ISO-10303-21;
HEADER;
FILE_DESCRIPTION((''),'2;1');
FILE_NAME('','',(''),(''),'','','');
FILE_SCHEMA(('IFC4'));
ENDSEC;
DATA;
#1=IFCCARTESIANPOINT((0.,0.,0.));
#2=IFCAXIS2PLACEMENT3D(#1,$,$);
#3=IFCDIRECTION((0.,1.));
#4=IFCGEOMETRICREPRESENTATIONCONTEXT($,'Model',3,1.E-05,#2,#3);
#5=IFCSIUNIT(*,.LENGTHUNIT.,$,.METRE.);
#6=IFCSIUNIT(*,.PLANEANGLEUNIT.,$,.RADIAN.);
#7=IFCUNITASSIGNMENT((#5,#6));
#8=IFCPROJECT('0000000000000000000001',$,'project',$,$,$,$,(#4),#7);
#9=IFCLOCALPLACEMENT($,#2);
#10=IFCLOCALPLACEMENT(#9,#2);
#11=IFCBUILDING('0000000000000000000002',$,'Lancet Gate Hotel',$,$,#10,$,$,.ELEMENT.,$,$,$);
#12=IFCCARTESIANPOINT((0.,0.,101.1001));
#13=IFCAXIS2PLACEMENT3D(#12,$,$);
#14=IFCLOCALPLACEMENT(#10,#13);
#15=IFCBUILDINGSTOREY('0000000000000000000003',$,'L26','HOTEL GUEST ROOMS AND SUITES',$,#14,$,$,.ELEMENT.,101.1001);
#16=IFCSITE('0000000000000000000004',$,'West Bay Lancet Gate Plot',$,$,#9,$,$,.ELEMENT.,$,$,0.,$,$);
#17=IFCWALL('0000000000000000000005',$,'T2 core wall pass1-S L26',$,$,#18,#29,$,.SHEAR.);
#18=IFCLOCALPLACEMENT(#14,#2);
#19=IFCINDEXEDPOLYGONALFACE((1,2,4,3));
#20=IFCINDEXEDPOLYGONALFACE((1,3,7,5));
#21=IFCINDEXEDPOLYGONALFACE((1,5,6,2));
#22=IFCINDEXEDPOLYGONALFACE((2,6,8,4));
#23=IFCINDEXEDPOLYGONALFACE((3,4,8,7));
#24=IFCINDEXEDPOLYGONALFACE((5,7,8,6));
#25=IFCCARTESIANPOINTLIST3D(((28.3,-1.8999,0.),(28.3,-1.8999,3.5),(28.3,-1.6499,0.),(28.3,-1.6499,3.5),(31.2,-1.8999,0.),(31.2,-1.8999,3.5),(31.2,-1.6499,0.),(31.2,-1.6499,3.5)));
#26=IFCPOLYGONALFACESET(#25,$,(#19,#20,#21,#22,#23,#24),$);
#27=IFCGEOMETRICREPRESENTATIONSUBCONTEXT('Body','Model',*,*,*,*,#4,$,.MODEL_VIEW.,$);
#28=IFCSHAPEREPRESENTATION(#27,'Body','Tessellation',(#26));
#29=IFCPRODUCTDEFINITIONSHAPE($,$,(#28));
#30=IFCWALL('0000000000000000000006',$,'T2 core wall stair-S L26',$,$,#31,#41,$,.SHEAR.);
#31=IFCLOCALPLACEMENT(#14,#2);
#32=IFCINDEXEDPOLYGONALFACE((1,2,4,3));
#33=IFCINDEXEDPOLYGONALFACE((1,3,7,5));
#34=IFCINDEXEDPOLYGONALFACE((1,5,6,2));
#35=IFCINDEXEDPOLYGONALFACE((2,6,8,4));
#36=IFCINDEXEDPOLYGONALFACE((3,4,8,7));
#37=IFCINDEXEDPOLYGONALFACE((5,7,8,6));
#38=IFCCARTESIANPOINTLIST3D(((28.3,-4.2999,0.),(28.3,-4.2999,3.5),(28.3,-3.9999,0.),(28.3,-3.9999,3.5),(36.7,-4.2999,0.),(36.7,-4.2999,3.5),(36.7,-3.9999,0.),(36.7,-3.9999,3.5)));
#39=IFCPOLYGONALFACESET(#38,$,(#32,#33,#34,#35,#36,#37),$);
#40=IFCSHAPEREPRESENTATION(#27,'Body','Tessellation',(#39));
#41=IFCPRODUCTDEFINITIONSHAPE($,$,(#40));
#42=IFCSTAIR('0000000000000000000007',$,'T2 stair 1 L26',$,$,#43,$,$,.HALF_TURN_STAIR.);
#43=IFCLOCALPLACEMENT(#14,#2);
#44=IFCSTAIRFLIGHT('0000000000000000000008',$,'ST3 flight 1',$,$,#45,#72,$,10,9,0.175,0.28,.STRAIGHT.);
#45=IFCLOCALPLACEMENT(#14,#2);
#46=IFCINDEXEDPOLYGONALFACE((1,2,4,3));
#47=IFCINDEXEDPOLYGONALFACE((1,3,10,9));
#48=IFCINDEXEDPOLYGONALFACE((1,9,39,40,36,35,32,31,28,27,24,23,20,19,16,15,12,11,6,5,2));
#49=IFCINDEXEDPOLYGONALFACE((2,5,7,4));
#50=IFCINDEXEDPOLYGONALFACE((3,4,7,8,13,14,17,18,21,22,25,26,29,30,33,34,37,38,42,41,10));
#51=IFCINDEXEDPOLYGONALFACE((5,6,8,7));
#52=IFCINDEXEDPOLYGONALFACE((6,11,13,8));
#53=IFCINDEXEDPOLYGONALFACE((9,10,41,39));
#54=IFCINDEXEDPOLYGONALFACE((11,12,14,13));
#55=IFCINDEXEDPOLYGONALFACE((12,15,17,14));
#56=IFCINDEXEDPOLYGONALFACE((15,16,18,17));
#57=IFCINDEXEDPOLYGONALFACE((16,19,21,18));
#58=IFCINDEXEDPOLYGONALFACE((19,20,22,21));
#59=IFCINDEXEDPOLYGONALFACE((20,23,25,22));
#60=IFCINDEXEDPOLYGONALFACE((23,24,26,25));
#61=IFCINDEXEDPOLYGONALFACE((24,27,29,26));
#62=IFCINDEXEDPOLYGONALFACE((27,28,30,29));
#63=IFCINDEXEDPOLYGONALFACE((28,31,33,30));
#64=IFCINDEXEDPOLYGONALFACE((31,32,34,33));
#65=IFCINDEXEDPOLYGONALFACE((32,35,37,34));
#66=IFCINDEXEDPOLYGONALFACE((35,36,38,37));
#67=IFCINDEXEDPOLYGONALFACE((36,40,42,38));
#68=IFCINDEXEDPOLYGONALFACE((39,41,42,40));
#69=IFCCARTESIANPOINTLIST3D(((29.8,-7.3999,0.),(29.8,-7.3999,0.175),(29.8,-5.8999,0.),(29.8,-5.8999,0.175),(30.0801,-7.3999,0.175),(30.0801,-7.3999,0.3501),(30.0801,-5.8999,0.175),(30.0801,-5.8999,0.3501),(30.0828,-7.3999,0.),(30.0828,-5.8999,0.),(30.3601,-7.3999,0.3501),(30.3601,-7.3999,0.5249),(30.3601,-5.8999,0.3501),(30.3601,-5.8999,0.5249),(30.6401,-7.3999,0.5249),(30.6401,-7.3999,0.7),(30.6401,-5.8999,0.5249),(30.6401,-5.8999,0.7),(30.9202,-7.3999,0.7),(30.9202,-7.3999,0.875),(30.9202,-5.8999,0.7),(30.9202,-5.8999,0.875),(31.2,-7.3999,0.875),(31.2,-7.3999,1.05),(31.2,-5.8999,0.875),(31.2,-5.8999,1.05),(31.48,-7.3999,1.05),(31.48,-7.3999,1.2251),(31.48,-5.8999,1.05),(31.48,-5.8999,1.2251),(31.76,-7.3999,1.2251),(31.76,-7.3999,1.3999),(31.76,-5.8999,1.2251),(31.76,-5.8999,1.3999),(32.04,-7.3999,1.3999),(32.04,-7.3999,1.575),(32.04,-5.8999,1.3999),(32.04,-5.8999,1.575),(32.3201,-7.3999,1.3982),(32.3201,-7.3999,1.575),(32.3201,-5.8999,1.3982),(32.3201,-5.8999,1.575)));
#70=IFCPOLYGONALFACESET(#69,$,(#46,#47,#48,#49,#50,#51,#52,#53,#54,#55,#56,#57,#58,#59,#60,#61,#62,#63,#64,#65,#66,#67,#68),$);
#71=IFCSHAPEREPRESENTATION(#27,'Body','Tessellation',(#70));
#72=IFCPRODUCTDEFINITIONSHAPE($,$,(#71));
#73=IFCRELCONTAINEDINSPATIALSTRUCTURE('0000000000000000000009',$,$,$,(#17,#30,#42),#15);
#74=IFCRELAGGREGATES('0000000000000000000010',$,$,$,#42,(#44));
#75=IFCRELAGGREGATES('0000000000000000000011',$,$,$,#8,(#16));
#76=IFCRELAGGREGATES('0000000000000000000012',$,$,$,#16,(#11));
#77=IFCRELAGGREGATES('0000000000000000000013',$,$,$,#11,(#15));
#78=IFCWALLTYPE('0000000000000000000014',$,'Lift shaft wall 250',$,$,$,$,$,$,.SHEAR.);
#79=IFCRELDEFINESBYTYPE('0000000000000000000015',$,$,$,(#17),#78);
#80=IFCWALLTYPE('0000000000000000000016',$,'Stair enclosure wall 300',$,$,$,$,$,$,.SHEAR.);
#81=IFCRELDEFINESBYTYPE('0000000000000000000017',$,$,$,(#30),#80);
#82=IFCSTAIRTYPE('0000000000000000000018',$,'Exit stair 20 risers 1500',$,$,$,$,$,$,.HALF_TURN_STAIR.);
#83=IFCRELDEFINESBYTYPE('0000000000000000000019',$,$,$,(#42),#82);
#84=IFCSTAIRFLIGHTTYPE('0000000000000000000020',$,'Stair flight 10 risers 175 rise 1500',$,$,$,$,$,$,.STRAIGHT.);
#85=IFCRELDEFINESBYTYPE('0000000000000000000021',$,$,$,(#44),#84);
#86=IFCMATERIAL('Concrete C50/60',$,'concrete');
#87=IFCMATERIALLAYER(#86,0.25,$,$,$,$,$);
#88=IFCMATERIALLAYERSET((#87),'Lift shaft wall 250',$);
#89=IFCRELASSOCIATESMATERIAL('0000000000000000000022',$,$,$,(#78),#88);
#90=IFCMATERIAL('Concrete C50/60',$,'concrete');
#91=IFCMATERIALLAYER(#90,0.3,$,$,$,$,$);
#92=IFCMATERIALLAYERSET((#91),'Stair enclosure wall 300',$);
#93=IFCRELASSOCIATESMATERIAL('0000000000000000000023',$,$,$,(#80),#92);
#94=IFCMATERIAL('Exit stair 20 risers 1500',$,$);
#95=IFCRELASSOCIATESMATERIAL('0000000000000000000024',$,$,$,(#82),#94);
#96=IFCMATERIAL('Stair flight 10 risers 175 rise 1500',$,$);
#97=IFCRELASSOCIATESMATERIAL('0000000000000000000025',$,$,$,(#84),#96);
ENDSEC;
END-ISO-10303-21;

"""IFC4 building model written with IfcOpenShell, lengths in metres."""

from ifc_helpers import new_model, si_unit, direction, frame, frame_2d, origin, place, context, subcontext, project, spatial, polyline, rectangle, outline, extrude, material, layer, layer_set, type_object, element, aggregate, save


model = new_model("IFC4")

# Units and contexts
model_context = context("Model", 3, precision=1e-05, world=origin(), true_north=direction((0.0, 1.0)))
body_context = subcontext(model_context, "Body", "Model", "MODEL_VIEW")
ifc_project = project(units=[si_unit("LENGTHUNIT", "METRE"), si_unit("PLANEANGLEUNIT", "RADIAN")], contexts=[model_context])

# Site, building, storey
site_placement = place(None, origin())
site = spatial("IfcSite", under=ifc_project, at=site_placement, Name="West Bay Lancet Gate Plot", CompositionType="ELEMENT", RefElevation=0.0)
building_placement = place(site_placement, origin())
building = spatial("IfcBuilding", under=site, at=building_placement, Name="Lancet Gate Hotel", CompositionType="ELEMENT")
storey_placement = place(building_placement, frame((0.0, 0.0, 101.1001)))
storey = spatial("IfcBuildingStorey", under=building, at=storey_placement, Name="L26", Description="HOTEL GUEST ROOMS AND SUITES", CompositionType="ELEMENT", Elevation=101.1001)

# Walls
ifc_material_1 = material(Name="Concrete C50/60", Category="concrete")
ifc_layer_1 = layer(ifc_material_1, 0.25)
ifc_layer_set_1 = layer_set([ifc_layer_1], Name="Lift shaft wall 250")
wall_type_1 = type_object("IfcWallType", Name="Lift shaft wall 250", PredefinedType="SHEAR", material=ifc_layer_set_1)
wall_1_placement = place(storey_placement, frame((28.3, -1.7749, 0.0), z_axis=(0.0, 0.0, 1.0), x_axis=(1.0, 0.0, 0.0)))
element("IfcWall", 1, at=wall_1_placement, inside=storey, type_object=wall_type_1, Name="T2 core wall pass1-S L26", PredefinedType="SHEAR", context=body_context, shape_type="SweptSolid", body=[
    extrude(rectangle(XDim=2.8999, YDim=0.25, at=frame_2d((1.45, 0.0))), origin(), (0.0, 0.0, 1.0), 3.5),
])
ifc_material_2 = material(Name="Concrete C50/60", Category="concrete")
ifc_layer_2 = layer(ifc_material_2, 0.3)
ifc_layer_set_2 = layer_set([ifc_layer_2], Name="Stair enclosure wall 300")
wall_type_2 = type_object("IfcWallType", Name="Stair enclosure wall 300", PredefinedType="SHEAR", material=ifc_layer_set_2)
wall_2_placement = place(storey_placement, frame((28.3, -4.1499, 0.0), z_axis=(0.0, 0.0, 1.0), x_axis=(1.0, 0.0, 0.0)))
element("IfcWall", 2, at=wall_2_placement, inside=storey, type_object=wall_type_2, Name="T2 core wall stair-S L26", PredefinedType="SHEAR", context=body_context, shape_type="SweptSolid", body=[
    extrude(rectangle(XDim=8.3999, YDim=0.3, at=frame_2d((4.2, 0.0))), origin(), (0.0, 0.0, 1.0), 3.5),
])

# Stair, stair flight
ifc_material_3 = material(Name="Exit stair 20 risers 1500")
stair_type = type_object("IfcStairType", Name="Exit stair 20 risers 1500", PredefinedType="HALF_TURN_STAIR", material=ifc_material_3)
stair_placement = place(storey_placement, origin())
stair = element("IfcStair", 3, at=stair_placement, inside=storey, type_object=stair_type, Name="T2 stair 1 L26", PredefinedType="HALF_TURN_STAIR")
ifc_material_4 = material(Name="Stair flight 10 risers 175 rise 1500")
stair_flight_type = type_object("IfcStairFlightType", Name="Stair flight 10 risers 175 rise 1500", PredefinedType="STRAIGHT", material=ifc_material_4)
stair_flight_placement = place(storey_placement, frame((29.8, -6.6499, 0.0), z_axis=(0.0, 0.0, 1.0), x_axis=(1.0, 0.0, 0.0)))
stair_flight = element("IfcStairFlight", 4, at=stair_flight_placement, type_object=stair_flight_type, Name="ST3 flight 1", NumberOfRisers=10, NumberOfTreads=9, PredefinedType="STRAIGHT", RiserHeight=0.175, TreadLength=0.28, context=body_context, shape_type="SweptSolid", body=[
    extrude(outline(polyline([(0.0, 0.0), (0.0, 0.175), (0.28, 0.175), (0.28, 0.3501), (0.5601, 0.3501), (0.5601, 0.5249), (0.8401, 0.5249), (0.8401, 0.7), (1.1201, 0.7), (1.1201, 0.875), (1.3999, 0.875), (1.3999, 1.05), (1.6799, 1.05), (1.6799, 1.2251), (1.96, 1.2251), (1.96, 1.3999), (2.24, 1.3999), (2.24, 1.575), (2.52, 1.575), (2.52, 1.75), (2.52, 1.3982), (0.2827, 0.0), (0.0, 0.0)])), frame((0.0, 0.75, 0.0), z_axis=(0.0, -1.0, 0.0), x_axis=(1.0, 0.0, 0.0)), (0.0, 0.0, 1.0), 1.5),
])
aggregate(stair, [stair_flight])

save(model, "model.ifc")
